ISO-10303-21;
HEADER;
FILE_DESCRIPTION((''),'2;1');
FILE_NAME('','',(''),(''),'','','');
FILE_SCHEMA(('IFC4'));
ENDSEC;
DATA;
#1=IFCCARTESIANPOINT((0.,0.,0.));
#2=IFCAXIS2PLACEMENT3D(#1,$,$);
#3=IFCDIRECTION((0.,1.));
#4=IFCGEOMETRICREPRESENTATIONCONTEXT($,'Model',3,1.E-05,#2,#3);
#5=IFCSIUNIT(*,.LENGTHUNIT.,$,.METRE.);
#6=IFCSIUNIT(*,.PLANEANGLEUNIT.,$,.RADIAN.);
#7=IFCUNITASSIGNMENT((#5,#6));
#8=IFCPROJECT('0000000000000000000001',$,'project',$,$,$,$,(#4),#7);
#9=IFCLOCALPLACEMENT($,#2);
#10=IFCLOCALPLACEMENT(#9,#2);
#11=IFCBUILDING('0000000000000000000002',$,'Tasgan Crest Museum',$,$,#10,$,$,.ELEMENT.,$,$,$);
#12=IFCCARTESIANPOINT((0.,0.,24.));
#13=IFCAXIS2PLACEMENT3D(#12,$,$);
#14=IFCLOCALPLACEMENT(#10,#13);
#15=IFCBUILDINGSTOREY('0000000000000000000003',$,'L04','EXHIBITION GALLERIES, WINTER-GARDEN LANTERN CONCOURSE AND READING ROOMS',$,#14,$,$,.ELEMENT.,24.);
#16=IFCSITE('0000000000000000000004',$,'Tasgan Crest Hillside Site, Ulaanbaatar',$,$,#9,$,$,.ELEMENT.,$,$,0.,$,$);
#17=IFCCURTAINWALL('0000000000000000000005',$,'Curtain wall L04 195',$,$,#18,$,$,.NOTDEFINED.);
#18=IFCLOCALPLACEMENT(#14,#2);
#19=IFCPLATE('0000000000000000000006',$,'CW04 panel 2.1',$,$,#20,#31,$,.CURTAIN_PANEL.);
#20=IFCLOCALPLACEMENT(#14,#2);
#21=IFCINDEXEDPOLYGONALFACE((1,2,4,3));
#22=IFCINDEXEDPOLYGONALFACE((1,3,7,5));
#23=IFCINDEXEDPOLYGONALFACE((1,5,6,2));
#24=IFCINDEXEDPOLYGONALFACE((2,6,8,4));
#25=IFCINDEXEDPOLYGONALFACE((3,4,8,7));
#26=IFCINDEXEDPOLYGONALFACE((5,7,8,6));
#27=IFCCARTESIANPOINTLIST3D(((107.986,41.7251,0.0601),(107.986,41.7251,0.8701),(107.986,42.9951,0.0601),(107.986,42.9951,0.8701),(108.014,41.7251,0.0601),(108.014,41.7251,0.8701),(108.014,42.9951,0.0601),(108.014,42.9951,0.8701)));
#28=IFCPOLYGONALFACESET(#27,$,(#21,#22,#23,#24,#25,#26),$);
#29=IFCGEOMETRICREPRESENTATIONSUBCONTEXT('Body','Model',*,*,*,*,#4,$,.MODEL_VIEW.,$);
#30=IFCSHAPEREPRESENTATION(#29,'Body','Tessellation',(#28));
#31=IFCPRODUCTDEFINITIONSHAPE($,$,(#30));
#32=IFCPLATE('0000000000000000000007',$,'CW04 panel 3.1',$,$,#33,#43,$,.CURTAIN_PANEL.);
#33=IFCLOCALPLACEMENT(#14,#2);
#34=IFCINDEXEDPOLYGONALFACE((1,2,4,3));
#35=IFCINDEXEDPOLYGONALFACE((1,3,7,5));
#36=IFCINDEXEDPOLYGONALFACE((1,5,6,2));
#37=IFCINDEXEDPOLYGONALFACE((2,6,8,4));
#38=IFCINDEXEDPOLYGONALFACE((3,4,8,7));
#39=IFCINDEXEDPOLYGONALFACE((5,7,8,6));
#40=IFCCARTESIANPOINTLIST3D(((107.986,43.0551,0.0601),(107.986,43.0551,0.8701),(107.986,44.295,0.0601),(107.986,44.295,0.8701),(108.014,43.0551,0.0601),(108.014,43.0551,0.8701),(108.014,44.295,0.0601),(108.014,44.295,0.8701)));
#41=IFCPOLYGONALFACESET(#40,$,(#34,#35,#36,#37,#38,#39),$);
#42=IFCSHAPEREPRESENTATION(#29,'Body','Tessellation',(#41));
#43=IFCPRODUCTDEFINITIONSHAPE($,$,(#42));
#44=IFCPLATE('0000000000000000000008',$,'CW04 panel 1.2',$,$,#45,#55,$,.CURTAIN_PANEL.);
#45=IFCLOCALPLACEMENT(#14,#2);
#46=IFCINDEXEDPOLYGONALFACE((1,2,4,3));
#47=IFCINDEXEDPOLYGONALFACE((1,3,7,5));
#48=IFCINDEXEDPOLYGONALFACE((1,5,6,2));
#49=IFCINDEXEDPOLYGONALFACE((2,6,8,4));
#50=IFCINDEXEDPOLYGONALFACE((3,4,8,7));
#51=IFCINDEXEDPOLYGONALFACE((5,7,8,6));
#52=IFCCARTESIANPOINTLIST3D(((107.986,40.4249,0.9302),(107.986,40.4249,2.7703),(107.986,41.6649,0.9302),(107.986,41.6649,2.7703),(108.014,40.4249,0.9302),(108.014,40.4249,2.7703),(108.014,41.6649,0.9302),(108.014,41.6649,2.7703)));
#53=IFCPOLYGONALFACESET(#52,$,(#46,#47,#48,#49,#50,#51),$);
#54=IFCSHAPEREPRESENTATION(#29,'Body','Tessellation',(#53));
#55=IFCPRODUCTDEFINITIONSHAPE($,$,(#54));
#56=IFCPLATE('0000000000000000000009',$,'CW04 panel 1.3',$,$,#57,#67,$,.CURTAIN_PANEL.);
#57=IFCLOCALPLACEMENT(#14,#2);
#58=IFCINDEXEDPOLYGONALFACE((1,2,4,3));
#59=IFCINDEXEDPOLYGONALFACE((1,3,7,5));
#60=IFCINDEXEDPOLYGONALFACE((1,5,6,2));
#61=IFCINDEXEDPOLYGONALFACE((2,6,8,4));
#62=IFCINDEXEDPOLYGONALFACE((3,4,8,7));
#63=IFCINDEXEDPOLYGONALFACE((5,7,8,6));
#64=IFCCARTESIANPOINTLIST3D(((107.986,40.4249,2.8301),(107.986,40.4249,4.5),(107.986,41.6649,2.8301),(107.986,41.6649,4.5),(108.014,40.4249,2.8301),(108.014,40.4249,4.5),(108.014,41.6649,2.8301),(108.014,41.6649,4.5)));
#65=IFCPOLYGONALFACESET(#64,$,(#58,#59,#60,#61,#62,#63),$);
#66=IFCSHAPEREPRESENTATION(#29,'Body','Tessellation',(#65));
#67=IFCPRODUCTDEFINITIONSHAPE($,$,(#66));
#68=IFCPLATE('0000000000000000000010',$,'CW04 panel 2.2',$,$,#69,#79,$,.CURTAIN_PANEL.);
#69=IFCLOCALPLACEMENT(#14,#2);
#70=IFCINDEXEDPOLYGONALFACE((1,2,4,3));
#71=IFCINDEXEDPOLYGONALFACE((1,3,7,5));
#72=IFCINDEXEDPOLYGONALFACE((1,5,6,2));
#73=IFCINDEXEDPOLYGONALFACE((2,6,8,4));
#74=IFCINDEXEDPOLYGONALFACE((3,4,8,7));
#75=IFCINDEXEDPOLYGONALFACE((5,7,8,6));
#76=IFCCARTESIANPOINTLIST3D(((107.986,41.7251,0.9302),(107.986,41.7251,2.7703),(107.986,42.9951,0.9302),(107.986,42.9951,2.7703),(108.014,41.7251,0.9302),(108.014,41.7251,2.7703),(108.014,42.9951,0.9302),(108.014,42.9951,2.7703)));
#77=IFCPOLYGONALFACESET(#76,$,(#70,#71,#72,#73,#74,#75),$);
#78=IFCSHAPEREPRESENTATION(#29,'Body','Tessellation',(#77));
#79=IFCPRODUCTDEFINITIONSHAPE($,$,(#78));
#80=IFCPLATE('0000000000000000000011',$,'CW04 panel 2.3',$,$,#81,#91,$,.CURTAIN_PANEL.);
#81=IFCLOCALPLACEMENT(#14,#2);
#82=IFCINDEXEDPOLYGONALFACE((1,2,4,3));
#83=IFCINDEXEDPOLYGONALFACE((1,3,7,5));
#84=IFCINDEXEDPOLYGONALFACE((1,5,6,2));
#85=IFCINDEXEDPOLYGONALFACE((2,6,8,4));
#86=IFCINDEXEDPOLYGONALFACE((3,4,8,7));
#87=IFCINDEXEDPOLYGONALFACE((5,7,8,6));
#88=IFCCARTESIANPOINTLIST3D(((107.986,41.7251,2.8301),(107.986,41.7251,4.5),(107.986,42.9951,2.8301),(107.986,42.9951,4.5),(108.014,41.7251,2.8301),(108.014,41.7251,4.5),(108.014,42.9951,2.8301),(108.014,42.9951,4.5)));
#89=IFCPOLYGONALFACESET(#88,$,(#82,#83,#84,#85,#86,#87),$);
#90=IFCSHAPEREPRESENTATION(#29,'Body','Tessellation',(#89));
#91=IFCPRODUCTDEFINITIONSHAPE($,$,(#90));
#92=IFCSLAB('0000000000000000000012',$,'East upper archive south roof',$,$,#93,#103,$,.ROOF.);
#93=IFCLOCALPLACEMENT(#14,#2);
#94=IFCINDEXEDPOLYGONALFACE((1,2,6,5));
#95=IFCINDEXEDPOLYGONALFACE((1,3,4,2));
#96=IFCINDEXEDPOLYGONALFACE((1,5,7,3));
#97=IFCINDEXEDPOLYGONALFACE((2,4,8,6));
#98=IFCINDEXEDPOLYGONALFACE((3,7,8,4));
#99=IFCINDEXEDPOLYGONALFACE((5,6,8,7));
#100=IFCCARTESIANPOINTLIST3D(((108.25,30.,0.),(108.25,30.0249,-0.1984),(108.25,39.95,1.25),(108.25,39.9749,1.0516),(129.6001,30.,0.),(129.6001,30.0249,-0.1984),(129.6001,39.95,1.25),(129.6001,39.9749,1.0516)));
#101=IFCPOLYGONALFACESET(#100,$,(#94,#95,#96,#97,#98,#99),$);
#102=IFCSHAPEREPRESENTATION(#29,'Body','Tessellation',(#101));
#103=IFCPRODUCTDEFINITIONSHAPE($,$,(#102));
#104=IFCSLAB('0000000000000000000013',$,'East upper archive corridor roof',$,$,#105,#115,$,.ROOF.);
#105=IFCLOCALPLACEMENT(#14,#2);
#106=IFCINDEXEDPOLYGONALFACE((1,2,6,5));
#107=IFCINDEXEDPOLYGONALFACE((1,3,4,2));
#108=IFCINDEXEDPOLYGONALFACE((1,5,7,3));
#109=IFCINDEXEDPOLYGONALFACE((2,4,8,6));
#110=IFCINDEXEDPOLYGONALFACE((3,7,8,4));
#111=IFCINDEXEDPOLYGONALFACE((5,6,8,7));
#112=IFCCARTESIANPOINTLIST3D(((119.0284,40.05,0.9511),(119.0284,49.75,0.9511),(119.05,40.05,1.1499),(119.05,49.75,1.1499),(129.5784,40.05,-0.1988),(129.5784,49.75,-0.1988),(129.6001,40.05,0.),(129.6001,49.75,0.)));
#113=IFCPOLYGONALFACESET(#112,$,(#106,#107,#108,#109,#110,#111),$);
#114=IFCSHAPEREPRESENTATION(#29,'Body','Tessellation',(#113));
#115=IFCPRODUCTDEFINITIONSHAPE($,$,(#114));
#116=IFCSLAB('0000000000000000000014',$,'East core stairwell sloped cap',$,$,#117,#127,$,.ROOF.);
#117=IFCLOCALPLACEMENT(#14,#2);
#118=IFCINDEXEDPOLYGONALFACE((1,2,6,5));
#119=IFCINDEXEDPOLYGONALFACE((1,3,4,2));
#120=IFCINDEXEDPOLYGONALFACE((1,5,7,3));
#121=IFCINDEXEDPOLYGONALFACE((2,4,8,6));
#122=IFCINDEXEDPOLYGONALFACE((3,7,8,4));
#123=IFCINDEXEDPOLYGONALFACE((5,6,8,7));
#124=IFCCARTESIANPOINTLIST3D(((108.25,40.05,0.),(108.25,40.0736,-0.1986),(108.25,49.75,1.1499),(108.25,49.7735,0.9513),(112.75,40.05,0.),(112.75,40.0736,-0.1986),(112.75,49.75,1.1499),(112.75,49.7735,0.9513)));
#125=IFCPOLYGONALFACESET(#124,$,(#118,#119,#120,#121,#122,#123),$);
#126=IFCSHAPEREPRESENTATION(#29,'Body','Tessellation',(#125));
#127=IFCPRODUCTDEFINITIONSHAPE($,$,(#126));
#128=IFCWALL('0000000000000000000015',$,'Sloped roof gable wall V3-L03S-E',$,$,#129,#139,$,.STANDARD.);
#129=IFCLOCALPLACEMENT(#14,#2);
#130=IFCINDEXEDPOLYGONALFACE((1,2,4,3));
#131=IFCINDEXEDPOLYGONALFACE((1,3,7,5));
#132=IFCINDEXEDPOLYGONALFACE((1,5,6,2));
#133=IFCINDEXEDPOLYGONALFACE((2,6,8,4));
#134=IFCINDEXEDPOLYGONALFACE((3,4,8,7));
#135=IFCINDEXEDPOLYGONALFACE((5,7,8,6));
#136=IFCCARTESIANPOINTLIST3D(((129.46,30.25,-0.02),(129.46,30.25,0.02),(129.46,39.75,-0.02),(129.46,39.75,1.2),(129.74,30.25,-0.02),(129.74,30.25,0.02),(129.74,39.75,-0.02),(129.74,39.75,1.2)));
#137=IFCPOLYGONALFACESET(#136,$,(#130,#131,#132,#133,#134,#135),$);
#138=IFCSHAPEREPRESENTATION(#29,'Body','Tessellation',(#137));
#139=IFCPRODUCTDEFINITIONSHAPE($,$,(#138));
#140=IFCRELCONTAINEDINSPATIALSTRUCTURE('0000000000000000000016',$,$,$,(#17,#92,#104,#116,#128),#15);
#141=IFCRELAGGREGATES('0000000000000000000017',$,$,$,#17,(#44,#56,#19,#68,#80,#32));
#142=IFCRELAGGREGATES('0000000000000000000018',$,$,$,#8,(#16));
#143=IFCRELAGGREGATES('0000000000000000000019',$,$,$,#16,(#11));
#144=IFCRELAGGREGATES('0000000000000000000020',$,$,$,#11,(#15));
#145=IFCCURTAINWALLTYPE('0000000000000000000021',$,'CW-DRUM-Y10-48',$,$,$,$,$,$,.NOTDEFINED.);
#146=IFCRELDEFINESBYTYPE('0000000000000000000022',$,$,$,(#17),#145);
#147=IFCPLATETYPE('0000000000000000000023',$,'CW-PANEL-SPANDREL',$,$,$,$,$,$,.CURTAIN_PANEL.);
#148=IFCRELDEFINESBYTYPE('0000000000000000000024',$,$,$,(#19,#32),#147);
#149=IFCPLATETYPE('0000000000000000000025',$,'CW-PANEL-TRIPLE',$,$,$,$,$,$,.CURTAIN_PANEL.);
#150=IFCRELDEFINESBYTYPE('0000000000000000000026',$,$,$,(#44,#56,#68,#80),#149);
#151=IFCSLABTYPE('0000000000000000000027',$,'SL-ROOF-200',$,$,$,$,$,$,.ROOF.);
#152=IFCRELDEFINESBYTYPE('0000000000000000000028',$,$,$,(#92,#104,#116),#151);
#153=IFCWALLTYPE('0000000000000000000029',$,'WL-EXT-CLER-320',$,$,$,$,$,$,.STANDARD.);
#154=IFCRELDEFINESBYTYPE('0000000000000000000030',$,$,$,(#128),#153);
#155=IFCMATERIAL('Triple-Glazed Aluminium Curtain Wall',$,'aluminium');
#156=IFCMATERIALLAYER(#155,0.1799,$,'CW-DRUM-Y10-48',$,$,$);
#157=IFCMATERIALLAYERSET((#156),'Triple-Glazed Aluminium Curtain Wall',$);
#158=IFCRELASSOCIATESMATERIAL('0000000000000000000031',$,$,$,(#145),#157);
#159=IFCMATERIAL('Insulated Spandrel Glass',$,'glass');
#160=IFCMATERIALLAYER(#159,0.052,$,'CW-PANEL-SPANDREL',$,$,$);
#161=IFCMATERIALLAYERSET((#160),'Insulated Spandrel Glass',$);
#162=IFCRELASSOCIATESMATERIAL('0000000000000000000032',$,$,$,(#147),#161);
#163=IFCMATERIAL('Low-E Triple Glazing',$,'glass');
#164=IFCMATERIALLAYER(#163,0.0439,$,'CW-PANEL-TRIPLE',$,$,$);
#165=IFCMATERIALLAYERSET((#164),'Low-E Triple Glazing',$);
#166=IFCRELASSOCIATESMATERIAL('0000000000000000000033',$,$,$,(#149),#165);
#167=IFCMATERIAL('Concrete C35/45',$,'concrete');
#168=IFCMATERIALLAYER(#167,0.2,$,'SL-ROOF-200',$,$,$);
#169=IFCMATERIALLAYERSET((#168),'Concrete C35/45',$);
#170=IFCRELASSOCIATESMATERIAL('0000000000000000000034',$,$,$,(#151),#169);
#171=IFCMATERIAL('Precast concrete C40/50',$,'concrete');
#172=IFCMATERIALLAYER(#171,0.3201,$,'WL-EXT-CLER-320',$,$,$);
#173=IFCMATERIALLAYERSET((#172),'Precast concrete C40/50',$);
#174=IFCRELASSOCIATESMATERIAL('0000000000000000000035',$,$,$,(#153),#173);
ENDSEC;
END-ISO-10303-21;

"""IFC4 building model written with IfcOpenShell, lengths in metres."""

from ifc_helpers import new_model, si_unit, direction, frame, origin, origin_2d, place, context, subcontext, project, spatial, polyline, rectangle, outline, extrude, material, layer, layer_set, type_object, element, aggregate, save


model = new_model("IFC4")

# Units and contexts
model_context = context("Model", 3, precision=1e-05, world=origin(), true_north=direction((0.0, 1.0)))
body_context = subcontext(model_context, "Body", "Model", "MODEL_VIEW")
ifc_project = project(units=[si_unit("LENGTHUNIT", "METRE"), si_unit("PLANEANGLEUNIT", "RADIAN")], contexts=[model_context])

# Site, building, storey
site_placement = place(None, origin())
site = spatial("IfcSite", under=ifc_project, at=site_placement, Name="Tasgan Crest Hillside Site, Ulaanbaatar", CompositionType="ELEMENT", RefElevation=0.0)
building_placement = place(site_placement, origin())
building = spatial("IfcBuilding", under=site, at=building_placement, Name="Tasgan Crest Museum", CompositionType="ELEMENT")
storey_placement = place(building_placement, frame((0.0, 0.0, 24.0)))
storey = spatial("IfcBuildingStorey", under=building, at=storey_placement, Name="L04", Description="EXHIBITION GALLERIES, WINTER-GARDEN LANTERN CONCOURSE AND READING ROOMS", CompositionType="ELEMENT", Elevation=24.0)

# Curtain wall, plates
ifc_material_1 = material(Name="Triple-Glazed Aluminium Curtain Wall", Category="aluminium")
ifc_layer_1 = layer(ifc_material_1, 0.1799, Name="CW-DRUM-Y10-48")
ifc_layer_set_1 = layer_set([ifc_layer_1], Name="Triple-Glazed Aluminium Curtain Wall")
curtain_wall_type = type_object("IfcCurtainWallType", Name="CW-DRUM-Y10-48", PredefinedType="NOTDEFINED", material=ifc_layer_set_1)
curtain_wall_placement = place(storey_placement, origin())
curtain_wall = element("IfcCurtainWall", 1, at=curtain_wall_placement, inside=storey, type_object=curtain_wall_type, Name="Curtain wall L04 195", PredefinedType="NOTDEFINED")
ifc_material_2 = material(Name="Insulated Spandrel Glass", Category="glass")
ifc_layer_2 = layer(ifc_material_2, 0.052, Name="CW-PANEL-SPANDREL")
ifc_layer_set_2 = layer_set([ifc_layer_2], Name="Insulated Spandrel Glass")
plate_type_1 = type_object("IfcPlateType", Name="CW-PANEL-SPANDREL", PredefinedType="CURTAIN_PANEL", material=ifc_layer_set_2)
plate_1_placement = place(storey_placement, frame((108.0, 42.3601, 0.0601), z_axis=(0.0, 0.0, 1.0), x_axis=(0.0, 1.0, 0.0)))
plate_1 = element("IfcPlate", 2, at=plate_1_placement, type_object=plate_type_1, Name="CW04 panel 2.1", PredefinedType="CURTAIN_PANEL", context=body_context, shape_type="SweptSolid", body=[
    extrude(rectangle(XDim=1.27, YDim=0.0281, at=origin_2d()), origin(), (0.0, 0.0, 1.0), 0.8101),
])
plate_2_placement = place(storey_placement, frame((108.0, 43.675, 0.0601), z_axis=(0.0, 0.0, 1.0), x_axis=(0.0, 1.0, 0.0)))
plate_2 = element("IfcPlate", 3, at=plate_2_placement, type_object=plate_type_1, Name="CW04 panel 3.1", PredefinedType="CURTAIN_PANEL", context=body_context, shape_type="SweptSolid", body=[
    extrude(rectangle(XDim=1.24, YDim=0.0281, at=origin_2d()), origin(), (0.0, 0.0, 1.0), 0.8101),
])
ifc_material_3 = material(Name="Low-E Triple Glazing", Category="glass")
ifc_layer_3 = layer(ifc_material_3, 0.0439, Name="CW-PANEL-TRIPLE")
ifc_layer_set_3 = layer_set([ifc_layer_3], Name="Low-E Triple Glazing")
plate_type_2 = type_object("IfcPlateType", Name="CW-PANEL-TRIPLE", PredefinedType="CURTAIN_PANEL", material=ifc_layer_set_3)
plate_3_placement = place(storey_placement, frame((108.0, 41.0449, 0.9302), z_axis=(0.0, 0.0, 1.0), x_axis=(0.0, 1.0, 0.0)))
plate_3 = element("IfcPlate", 4, at=plate_3_placement, type_object=plate_type_2, Name="CW04 panel 1.2", PredefinedType="CURTAIN_PANEL", context=body_context, shape_type="SweptSolid", body=[
    extrude(rectangle(XDim=1.24, YDim=0.0281, at=origin_2d()), origin(), (0.0, 0.0, 1.0), 1.8401),
])
plate_4_placement = place(storey_placement, frame((108.0, 41.0449, 2.8301), z_axis=(0.0, 0.0, 1.0), x_axis=(0.0, 1.0, 0.0)))
plate_4 = element("IfcPlate", 5, at=plate_4_placement, type_object=plate_type_2, Name="CW04 panel 1.3", PredefinedType="CURTAIN_PANEL", context=body_context, shape_type="SweptSolid", body=[
    extrude(rectangle(XDim=1.24, YDim=0.0281, at=origin_2d()), origin(), (0.0, 0.0, 1.0), 1.6699),
])
plate_5_placement = place(storey_placement, frame((108.0, 42.3601, 0.9302), z_axis=(0.0, 0.0, 1.0), x_axis=(0.0, 1.0, 0.0)))
plate_5 = element("IfcPlate", 6, at=plate_5_placement, type_object=plate_type_2, Name="CW04 panel 2.2", PredefinedType="CURTAIN_PANEL", context=body_context, shape_type="SweptSolid", body=[
    extrude(rectangle(XDim=1.27, YDim=0.0281, at=origin_2d()), origin(), (0.0, 0.0, 1.0), 1.8401),
])
plate_6_placement = place(storey_placement, frame((108.0, 42.3601, 2.8301), z_axis=(0.0, 0.0, 1.0), x_axis=(0.0, 1.0, 0.0)))
plate_6 = element("IfcPlate", 7, at=plate_6_placement, type_object=plate_type_2, Name="CW04 panel 2.3", PredefinedType="CURTAIN_PANEL", context=body_context, shape_type="SweptSolid", body=[
    extrude(rectangle(XDim=1.27, YDim=0.0281, at=origin_2d()), origin(), (0.0, 0.0, 1.0), 1.6699),
])
aggregate(curtain_wall, [plate_3, plate_4, plate_1, plate_5, plate_6, plate_2])

# Slabs
ifc_material_4 = material(Name="Concrete C35/45", Category="concrete")
ifc_layer_4 = layer(ifc_material_4, 0.2, Name="SL-ROOF-200")
ifc_layer_set_4 = layer_set([ifc_layer_4], Name="Concrete C35/45")
slab_type = type_object("IfcSlabType", Name="SL-ROOF-200", PredefinedType="ROOF", material=ifc_layer_set_4)
slab_1_placement = place(storey_placement, frame((108.25, 30.0, 0.0), z_axis=(0.0, -0.124649, 0.992201), x_axis=(1.0, 0.0, 0.0)))
element("IfcSlab", 8, at=slab_1_placement, inside=storey, type_object=slab_type, Name="East upper archive south roof", PredefinedType="ROOF", context=body_context, shape_type="SweptSolid", body=[
    extrude(outline(polyline([(0.0, 0.0), (21.3501, 0.0), (21.3501, 10.0282), (0.0, 10.0282), (0.0, 0.0)])), origin(), (0.0, 0.0, -1.0), 0.2),
])
slab_2_placement = place(storey_placement, frame((119.05, 40.05, 1.1499), z_axis=(0.108353, 0.0, 0.994112), x_axis=(0.994112, 0.0, -0.108353)))
element("IfcSlab", 9, at=slab_2_placement, inside=storey, type_object=slab_type, Name="East upper archive corridor roof", PredefinedType="ROOF", context=body_context, shape_type="SweptSolid", body=[
    extrude(outline(polyline([(0.0, 0.0), (10.6125, 0.0), (10.6125, 9.7), (0.0, 9.7), (0.0, 0.0)])), origin(), (0.0, 0.0, -1.0), 0.2),
])
slab_3_placement = place(storey_placement, frame((108.25, 40.05, 0.0), z_axis=(0.0, -0.117723, 0.993046), x_axis=(1.0, 0.0, 0.0)))
element("IfcSlab", 10, at=slab_3_placement, inside=storey, type_object=slab_type, Name="East core stairwell sloped cap", PredefinedType="ROOF", context=body_context, shape_type="SweptSolid", body=[
    extrude(outline(polyline([(0.0, 0.0), (4.5, 0.0), (4.5, 9.7679), (0.0, 9.7679), (0.0, 0.0)])), origin(), (0.0, 0.0, -1.0), 0.2),
])

# Wall
ifc_material_5 = material(Name="Precast concrete C40/50", Category="concrete")
ifc_layer_5 = layer(ifc_material_5, 0.3201, Name="WL-EXT-CLER-320")
ifc_layer_set_5 = layer_set([ifc_layer_5], Name="Precast concrete C40/50")
wall_type = type_object("IfcWallType", Name="WL-EXT-CLER-320", PredefinedType="STANDARD", material=ifc_layer_set_5)
wall_placement = place(storey_placement, frame((129.6001, 30.25, -0.02), z_axis=(0.0, 0.0, 1.0), x_axis=(0.0, 1.0, 0.0)))
element("IfcWall", 11, at=wall_placement, inside=storey, type_object=wall_type, Name="Sloped roof gable wall V3-L03S-E", PredefinedType="STANDARD", context=body_context, shape_type="SweptSolid", body=[
    extrude(outline(polyline([(0.0, 0.0), (9.5, 0.0), (9.5, 1.22), (0.0, 0.04), (0.0, 0.0)])), frame((0.0, 0.1401, 0.0), z_axis=(0.0, -1.0, 0.0), x_axis=(1.0, 0.0, 0.0)), (0.0, 0.0, 1.0), 0.28),
])

save(model, "model.ifc")
